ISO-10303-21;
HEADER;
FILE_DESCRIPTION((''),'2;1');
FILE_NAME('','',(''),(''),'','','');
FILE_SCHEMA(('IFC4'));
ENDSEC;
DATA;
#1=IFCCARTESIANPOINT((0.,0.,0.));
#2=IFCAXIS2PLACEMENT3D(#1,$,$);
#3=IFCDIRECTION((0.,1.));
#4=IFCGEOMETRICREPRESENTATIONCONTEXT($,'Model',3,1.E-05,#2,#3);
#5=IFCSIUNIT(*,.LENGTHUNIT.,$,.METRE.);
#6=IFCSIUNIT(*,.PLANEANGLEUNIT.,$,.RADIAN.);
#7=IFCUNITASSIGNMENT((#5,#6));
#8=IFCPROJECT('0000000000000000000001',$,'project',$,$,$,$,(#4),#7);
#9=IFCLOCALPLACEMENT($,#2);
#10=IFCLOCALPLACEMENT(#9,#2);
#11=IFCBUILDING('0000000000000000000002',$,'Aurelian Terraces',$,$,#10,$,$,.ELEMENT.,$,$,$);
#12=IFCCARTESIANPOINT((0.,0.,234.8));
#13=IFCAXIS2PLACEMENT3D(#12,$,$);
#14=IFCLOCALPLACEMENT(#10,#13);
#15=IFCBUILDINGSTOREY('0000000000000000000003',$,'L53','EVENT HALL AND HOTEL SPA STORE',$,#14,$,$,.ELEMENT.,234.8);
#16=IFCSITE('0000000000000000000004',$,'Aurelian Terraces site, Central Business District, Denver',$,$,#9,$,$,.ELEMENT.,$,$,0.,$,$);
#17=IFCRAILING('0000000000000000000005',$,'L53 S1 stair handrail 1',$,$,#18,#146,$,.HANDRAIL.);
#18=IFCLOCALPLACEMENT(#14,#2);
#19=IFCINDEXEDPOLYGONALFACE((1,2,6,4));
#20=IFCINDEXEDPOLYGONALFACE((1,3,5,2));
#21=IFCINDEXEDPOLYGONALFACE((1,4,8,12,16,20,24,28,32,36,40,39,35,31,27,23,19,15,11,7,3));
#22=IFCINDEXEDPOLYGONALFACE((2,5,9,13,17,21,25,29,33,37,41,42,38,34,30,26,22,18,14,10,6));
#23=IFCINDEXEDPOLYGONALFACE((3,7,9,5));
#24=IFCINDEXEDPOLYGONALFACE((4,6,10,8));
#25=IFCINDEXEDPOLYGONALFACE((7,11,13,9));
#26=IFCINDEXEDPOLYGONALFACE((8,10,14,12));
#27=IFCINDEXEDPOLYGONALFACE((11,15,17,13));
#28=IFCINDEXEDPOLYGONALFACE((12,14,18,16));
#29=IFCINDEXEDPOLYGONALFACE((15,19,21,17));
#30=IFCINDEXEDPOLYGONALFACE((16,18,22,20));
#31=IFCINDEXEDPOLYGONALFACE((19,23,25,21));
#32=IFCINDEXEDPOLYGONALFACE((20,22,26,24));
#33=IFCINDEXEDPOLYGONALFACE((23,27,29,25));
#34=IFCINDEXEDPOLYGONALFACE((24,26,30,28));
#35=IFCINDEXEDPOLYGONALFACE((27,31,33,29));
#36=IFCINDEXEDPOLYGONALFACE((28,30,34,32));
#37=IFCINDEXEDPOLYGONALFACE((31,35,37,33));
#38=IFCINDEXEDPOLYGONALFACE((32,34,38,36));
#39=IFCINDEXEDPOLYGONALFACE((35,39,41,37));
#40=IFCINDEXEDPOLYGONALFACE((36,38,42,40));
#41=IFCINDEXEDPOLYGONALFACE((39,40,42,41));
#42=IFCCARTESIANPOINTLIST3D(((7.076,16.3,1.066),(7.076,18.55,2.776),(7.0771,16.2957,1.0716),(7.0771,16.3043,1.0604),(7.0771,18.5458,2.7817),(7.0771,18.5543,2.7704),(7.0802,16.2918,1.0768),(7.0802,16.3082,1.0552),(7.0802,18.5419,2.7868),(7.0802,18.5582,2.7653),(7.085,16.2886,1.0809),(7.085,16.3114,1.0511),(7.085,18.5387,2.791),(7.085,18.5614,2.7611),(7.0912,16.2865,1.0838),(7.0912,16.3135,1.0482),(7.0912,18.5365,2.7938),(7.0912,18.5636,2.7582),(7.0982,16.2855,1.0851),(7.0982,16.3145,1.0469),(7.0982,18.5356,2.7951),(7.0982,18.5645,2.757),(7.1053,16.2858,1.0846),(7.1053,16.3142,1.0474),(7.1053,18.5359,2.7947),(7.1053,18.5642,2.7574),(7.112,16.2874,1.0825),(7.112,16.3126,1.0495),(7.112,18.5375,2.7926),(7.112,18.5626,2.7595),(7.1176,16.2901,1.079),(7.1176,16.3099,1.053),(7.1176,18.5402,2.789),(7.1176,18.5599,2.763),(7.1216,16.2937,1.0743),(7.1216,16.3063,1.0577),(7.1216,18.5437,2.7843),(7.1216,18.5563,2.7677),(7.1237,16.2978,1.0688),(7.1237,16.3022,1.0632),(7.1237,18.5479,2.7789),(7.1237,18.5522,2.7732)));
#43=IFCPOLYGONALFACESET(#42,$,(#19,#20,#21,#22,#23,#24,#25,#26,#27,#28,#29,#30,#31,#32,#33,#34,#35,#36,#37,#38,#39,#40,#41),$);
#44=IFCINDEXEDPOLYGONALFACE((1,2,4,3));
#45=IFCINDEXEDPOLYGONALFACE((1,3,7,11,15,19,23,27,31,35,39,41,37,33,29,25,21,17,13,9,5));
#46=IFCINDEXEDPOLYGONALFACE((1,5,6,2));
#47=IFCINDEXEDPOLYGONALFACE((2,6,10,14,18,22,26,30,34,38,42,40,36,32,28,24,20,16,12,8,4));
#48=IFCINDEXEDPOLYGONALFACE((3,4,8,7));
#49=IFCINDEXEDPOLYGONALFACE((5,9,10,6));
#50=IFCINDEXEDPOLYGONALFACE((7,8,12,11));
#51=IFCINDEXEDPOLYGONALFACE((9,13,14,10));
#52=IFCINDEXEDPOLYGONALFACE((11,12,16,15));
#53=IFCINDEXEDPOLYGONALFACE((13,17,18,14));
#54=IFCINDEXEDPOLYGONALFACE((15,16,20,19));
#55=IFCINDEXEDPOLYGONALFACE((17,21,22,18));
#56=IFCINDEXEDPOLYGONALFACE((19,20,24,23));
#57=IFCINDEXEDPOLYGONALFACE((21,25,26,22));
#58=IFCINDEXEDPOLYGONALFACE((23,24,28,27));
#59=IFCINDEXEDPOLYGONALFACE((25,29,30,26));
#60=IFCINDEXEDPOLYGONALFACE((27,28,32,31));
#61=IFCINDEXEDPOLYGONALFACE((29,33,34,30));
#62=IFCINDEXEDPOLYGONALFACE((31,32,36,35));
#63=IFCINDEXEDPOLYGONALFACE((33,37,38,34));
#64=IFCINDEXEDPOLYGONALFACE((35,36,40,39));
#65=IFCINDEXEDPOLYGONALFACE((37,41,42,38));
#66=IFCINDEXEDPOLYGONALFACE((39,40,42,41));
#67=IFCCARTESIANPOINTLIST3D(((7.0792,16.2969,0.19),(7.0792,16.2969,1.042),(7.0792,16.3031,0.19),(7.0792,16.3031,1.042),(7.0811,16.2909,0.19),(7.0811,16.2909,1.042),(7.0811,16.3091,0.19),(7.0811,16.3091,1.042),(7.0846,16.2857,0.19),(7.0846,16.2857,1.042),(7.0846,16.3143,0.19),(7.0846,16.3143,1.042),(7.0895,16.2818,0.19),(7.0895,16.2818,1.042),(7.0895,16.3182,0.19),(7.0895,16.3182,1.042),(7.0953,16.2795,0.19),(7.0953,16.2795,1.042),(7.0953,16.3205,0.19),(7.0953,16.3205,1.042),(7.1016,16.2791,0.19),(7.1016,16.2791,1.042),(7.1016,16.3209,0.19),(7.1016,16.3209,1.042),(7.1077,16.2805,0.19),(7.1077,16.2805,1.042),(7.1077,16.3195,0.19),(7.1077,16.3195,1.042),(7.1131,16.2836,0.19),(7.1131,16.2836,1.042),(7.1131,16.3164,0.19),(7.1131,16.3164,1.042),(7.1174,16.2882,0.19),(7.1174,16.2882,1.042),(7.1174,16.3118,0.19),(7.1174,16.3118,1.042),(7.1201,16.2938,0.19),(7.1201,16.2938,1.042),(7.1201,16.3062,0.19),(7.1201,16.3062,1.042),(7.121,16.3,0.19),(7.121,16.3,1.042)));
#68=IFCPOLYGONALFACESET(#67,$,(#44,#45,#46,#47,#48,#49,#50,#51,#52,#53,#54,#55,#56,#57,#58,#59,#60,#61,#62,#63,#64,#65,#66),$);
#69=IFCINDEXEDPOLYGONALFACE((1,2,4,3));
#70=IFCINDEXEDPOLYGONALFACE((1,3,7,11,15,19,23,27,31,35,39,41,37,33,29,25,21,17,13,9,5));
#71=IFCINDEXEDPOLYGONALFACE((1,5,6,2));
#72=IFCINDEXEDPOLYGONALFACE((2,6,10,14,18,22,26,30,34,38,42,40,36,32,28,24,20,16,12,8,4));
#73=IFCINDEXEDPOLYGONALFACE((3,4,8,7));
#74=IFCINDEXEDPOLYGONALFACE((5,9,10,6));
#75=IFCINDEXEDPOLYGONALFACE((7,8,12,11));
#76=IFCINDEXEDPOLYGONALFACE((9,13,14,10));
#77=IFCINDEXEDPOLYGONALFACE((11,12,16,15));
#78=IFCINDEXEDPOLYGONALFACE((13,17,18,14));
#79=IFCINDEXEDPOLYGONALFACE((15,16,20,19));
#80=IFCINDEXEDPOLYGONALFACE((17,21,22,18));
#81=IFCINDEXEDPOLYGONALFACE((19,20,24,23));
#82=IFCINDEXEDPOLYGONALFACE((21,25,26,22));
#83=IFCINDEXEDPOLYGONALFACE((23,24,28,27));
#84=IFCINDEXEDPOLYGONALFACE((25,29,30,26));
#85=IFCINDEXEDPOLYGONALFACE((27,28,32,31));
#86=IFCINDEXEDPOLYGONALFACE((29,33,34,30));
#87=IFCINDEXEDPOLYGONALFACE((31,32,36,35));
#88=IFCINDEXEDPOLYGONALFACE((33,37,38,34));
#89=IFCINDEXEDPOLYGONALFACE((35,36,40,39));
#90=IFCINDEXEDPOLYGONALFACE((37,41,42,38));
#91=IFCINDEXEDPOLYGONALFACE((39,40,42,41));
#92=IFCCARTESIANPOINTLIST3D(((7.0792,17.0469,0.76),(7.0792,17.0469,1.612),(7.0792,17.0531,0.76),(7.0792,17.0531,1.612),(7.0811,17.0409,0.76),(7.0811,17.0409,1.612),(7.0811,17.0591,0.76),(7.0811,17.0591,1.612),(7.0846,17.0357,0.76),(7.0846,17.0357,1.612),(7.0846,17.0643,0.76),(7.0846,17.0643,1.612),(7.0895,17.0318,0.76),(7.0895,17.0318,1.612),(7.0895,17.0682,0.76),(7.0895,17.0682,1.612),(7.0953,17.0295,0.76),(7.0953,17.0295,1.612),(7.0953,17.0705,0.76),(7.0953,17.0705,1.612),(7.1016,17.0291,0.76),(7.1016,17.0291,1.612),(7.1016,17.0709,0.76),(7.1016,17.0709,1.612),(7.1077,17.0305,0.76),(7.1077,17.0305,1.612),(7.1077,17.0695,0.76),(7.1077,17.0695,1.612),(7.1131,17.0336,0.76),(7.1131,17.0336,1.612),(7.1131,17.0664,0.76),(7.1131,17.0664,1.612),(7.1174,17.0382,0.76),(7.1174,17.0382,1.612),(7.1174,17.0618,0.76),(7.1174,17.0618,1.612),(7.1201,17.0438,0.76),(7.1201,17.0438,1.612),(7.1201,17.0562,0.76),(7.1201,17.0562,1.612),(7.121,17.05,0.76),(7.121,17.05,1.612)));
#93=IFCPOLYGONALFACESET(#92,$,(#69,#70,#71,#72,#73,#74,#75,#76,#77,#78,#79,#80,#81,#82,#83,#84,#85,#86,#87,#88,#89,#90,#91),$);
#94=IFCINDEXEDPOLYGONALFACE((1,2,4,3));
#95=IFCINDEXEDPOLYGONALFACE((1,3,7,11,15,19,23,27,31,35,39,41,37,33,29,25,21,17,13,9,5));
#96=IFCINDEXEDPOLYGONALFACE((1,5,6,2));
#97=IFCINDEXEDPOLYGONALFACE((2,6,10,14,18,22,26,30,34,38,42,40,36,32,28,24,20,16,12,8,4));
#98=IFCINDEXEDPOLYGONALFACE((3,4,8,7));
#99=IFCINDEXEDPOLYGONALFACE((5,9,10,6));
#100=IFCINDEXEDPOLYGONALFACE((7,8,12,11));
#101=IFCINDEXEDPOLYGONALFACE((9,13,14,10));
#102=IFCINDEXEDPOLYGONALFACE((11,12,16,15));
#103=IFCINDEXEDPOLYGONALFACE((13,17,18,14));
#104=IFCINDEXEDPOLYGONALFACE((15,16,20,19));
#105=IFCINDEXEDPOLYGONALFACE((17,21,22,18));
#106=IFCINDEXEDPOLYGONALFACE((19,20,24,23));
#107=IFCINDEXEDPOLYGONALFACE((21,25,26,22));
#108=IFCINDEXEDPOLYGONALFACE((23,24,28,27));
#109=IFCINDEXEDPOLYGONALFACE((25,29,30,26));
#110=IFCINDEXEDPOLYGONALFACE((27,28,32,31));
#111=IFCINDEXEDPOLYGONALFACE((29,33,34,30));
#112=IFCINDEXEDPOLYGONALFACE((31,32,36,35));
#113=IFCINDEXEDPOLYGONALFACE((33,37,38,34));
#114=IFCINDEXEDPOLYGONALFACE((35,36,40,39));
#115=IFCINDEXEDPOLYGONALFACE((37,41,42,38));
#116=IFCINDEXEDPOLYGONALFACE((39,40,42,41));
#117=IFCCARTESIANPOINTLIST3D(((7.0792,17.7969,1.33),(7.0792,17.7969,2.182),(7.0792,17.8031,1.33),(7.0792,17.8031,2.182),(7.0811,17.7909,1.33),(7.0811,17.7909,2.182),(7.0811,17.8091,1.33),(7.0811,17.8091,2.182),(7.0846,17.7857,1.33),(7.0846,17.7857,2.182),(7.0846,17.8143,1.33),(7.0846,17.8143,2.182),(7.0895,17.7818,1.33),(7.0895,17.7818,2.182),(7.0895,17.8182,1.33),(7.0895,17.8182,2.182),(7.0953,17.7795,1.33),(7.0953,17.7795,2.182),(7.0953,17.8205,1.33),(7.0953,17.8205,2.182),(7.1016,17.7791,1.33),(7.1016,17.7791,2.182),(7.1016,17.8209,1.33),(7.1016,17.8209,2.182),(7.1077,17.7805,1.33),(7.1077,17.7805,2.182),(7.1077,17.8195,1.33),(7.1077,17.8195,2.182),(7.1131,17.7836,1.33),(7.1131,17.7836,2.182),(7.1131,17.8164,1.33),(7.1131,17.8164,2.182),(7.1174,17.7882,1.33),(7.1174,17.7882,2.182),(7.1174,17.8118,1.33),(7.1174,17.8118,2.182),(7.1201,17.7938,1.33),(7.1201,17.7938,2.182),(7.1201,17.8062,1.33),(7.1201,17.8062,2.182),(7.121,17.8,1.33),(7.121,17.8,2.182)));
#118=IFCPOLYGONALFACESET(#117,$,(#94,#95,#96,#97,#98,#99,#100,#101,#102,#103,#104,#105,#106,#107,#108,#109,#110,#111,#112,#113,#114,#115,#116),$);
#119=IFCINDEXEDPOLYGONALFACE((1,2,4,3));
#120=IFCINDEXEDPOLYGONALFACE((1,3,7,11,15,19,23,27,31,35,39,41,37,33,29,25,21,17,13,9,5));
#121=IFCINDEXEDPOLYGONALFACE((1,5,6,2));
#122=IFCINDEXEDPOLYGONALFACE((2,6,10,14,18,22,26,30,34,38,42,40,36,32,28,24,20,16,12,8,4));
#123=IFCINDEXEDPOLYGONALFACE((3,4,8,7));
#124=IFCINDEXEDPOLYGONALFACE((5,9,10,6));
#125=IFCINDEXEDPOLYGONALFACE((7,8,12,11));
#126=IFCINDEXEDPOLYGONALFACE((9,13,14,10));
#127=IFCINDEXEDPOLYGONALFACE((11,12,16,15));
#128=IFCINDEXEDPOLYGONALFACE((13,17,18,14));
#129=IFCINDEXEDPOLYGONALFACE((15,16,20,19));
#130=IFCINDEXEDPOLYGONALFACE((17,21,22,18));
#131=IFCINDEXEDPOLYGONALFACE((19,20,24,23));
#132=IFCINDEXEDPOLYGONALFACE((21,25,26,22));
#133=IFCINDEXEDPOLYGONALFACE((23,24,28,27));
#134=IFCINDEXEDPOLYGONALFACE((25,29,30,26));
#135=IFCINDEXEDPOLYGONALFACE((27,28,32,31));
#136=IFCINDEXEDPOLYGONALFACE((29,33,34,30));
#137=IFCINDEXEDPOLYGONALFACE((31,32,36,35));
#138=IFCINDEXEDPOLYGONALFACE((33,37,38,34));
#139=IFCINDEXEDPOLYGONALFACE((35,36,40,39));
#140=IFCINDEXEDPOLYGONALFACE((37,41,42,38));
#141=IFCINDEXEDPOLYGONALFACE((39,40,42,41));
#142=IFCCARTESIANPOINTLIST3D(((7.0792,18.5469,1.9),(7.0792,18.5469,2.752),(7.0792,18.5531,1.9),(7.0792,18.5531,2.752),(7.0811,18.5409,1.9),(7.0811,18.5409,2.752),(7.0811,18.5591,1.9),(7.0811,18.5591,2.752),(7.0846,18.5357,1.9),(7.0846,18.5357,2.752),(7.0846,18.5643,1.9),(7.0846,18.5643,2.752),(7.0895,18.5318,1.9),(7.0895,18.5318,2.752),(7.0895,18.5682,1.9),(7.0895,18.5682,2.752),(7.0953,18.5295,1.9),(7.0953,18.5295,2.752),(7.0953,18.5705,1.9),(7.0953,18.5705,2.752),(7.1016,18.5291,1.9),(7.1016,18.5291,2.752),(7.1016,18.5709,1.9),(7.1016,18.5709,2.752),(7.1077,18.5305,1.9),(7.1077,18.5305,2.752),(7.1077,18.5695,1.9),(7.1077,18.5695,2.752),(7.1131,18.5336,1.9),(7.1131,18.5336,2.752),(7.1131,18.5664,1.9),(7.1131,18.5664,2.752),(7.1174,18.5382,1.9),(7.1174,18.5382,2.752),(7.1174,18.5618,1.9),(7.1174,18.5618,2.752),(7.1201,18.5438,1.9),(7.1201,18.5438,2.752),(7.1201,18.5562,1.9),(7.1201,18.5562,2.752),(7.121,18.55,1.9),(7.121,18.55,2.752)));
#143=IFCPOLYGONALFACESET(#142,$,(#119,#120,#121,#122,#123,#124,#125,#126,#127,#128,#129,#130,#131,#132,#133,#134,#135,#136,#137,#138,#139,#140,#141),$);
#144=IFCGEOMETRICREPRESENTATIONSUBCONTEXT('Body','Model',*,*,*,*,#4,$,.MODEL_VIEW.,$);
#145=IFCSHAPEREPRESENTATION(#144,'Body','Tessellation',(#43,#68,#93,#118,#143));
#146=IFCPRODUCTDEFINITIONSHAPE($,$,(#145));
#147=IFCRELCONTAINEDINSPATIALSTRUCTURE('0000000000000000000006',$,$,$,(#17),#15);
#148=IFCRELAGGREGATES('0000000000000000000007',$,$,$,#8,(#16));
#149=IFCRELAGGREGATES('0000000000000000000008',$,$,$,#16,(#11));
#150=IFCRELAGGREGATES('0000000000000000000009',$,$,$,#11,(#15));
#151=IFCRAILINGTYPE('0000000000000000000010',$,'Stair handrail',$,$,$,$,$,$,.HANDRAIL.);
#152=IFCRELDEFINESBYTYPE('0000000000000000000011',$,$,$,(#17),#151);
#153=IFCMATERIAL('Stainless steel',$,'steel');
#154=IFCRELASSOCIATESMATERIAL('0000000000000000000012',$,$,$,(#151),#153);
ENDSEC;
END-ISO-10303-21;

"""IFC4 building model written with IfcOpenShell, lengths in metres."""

from ifc_helpers import new_model, si_unit, direction, frame, origin, origin_2d, place, context, subcontext, project, spatial, circle, extrude, source, transform, mapped, material, type_object, element, save


model = new_model("IFC4")

# Units and contexts
model_context = context("Model", 3, precision=1e-05, world=origin(), true_north=direction((0.0, 1.0)))
body_context = subcontext(model_context, "Body", "Model", "MODEL_VIEW")
ifc_project = project(units=[si_unit("LENGTHUNIT", "METRE"), si_unit("PLANEANGLEUNIT", "RADIAN")], contexts=[model_context])

# Site, building, storey
site_placement = place(None, origin())
site = spatial("IfcSite", under=ifc_project, at=site_placement, Name="Aurelian Terraces site, Central Business District, Denver", CompositionType="ELEMENT", RefElevation=0.0)
building_placement = place(site_placement, origin())
building = spatial("IfcBuilding", under=site, at=building_placement, Name="Aurelian Terraces", CompositionType="ELEMENT")
storey_placement = place(building_placement, frame((0.0, 0.0, 234.8)))
storey = spatial("IfcBuildingStorey", under=building, at=storey_placement, Name="L53", Description="EVENT HALL AND HOTEL SPA STORE", CompositionType="ELEMENT", Elevation=234.8)

# Shared definitions
ifc_material_1 = material(Name="Stainless steel", Category="steel")

# Railing
railing_type_1 = type_object("IfcRailingType", Name="Stair handrail", PredefinedType="HANDRAIL", material=ifc_material_1)
shared_shape_1 = source(origin(), body_context, "Body", "SweptSolid", [
    extrude(circle(Radius=0.024, at=origin_2d()), frame((0.0, 0.0, 0.876), z_axis=(0.0, 0.796162, 0.605083), x_axis=(-1.0, 0.0, 0.0)), (0.0, 0.0, 1.0), 2.8261),
    extrude(circle(Radius=0.021, at=origin_2d()), origin(), (0.0, 0.0, 1.0), 0.852),
    extrude(circle(Radius=0.021, at=origin_2d()), frame((0.0, 0.75, 0.57)), (0.0, 0.0, 1.0), 0.852),
    extrude(circle(Radius=0.021, at=origin_2d()), frame((0.0, 1.5, 1.14)), (0.0, 0.0, 1.0), 0.852),
    extrude(circle(Radius=0.021, at=origin_2d()), frame((0.0, 2.25, 1.71)), (0.0, 0.0, 1.0), 0.852),
])
railing_1_placement = place(storey_placement, frame((7.1, 16.3, 0.19)))
element("IfcRailing", 1, at=railing_1_placement, inside=storey, type_object=railing_type_1, Name="L53 S1 stair handrail 1", PredefinedType="HANDRAIL", context=body_context, shape_type="MappedRepresentation", body=[
    mapped(shared_shape_1, transform((0.0, 0.0, 0.0), scale=1.0)),
])

save(model, "model.ifc")
